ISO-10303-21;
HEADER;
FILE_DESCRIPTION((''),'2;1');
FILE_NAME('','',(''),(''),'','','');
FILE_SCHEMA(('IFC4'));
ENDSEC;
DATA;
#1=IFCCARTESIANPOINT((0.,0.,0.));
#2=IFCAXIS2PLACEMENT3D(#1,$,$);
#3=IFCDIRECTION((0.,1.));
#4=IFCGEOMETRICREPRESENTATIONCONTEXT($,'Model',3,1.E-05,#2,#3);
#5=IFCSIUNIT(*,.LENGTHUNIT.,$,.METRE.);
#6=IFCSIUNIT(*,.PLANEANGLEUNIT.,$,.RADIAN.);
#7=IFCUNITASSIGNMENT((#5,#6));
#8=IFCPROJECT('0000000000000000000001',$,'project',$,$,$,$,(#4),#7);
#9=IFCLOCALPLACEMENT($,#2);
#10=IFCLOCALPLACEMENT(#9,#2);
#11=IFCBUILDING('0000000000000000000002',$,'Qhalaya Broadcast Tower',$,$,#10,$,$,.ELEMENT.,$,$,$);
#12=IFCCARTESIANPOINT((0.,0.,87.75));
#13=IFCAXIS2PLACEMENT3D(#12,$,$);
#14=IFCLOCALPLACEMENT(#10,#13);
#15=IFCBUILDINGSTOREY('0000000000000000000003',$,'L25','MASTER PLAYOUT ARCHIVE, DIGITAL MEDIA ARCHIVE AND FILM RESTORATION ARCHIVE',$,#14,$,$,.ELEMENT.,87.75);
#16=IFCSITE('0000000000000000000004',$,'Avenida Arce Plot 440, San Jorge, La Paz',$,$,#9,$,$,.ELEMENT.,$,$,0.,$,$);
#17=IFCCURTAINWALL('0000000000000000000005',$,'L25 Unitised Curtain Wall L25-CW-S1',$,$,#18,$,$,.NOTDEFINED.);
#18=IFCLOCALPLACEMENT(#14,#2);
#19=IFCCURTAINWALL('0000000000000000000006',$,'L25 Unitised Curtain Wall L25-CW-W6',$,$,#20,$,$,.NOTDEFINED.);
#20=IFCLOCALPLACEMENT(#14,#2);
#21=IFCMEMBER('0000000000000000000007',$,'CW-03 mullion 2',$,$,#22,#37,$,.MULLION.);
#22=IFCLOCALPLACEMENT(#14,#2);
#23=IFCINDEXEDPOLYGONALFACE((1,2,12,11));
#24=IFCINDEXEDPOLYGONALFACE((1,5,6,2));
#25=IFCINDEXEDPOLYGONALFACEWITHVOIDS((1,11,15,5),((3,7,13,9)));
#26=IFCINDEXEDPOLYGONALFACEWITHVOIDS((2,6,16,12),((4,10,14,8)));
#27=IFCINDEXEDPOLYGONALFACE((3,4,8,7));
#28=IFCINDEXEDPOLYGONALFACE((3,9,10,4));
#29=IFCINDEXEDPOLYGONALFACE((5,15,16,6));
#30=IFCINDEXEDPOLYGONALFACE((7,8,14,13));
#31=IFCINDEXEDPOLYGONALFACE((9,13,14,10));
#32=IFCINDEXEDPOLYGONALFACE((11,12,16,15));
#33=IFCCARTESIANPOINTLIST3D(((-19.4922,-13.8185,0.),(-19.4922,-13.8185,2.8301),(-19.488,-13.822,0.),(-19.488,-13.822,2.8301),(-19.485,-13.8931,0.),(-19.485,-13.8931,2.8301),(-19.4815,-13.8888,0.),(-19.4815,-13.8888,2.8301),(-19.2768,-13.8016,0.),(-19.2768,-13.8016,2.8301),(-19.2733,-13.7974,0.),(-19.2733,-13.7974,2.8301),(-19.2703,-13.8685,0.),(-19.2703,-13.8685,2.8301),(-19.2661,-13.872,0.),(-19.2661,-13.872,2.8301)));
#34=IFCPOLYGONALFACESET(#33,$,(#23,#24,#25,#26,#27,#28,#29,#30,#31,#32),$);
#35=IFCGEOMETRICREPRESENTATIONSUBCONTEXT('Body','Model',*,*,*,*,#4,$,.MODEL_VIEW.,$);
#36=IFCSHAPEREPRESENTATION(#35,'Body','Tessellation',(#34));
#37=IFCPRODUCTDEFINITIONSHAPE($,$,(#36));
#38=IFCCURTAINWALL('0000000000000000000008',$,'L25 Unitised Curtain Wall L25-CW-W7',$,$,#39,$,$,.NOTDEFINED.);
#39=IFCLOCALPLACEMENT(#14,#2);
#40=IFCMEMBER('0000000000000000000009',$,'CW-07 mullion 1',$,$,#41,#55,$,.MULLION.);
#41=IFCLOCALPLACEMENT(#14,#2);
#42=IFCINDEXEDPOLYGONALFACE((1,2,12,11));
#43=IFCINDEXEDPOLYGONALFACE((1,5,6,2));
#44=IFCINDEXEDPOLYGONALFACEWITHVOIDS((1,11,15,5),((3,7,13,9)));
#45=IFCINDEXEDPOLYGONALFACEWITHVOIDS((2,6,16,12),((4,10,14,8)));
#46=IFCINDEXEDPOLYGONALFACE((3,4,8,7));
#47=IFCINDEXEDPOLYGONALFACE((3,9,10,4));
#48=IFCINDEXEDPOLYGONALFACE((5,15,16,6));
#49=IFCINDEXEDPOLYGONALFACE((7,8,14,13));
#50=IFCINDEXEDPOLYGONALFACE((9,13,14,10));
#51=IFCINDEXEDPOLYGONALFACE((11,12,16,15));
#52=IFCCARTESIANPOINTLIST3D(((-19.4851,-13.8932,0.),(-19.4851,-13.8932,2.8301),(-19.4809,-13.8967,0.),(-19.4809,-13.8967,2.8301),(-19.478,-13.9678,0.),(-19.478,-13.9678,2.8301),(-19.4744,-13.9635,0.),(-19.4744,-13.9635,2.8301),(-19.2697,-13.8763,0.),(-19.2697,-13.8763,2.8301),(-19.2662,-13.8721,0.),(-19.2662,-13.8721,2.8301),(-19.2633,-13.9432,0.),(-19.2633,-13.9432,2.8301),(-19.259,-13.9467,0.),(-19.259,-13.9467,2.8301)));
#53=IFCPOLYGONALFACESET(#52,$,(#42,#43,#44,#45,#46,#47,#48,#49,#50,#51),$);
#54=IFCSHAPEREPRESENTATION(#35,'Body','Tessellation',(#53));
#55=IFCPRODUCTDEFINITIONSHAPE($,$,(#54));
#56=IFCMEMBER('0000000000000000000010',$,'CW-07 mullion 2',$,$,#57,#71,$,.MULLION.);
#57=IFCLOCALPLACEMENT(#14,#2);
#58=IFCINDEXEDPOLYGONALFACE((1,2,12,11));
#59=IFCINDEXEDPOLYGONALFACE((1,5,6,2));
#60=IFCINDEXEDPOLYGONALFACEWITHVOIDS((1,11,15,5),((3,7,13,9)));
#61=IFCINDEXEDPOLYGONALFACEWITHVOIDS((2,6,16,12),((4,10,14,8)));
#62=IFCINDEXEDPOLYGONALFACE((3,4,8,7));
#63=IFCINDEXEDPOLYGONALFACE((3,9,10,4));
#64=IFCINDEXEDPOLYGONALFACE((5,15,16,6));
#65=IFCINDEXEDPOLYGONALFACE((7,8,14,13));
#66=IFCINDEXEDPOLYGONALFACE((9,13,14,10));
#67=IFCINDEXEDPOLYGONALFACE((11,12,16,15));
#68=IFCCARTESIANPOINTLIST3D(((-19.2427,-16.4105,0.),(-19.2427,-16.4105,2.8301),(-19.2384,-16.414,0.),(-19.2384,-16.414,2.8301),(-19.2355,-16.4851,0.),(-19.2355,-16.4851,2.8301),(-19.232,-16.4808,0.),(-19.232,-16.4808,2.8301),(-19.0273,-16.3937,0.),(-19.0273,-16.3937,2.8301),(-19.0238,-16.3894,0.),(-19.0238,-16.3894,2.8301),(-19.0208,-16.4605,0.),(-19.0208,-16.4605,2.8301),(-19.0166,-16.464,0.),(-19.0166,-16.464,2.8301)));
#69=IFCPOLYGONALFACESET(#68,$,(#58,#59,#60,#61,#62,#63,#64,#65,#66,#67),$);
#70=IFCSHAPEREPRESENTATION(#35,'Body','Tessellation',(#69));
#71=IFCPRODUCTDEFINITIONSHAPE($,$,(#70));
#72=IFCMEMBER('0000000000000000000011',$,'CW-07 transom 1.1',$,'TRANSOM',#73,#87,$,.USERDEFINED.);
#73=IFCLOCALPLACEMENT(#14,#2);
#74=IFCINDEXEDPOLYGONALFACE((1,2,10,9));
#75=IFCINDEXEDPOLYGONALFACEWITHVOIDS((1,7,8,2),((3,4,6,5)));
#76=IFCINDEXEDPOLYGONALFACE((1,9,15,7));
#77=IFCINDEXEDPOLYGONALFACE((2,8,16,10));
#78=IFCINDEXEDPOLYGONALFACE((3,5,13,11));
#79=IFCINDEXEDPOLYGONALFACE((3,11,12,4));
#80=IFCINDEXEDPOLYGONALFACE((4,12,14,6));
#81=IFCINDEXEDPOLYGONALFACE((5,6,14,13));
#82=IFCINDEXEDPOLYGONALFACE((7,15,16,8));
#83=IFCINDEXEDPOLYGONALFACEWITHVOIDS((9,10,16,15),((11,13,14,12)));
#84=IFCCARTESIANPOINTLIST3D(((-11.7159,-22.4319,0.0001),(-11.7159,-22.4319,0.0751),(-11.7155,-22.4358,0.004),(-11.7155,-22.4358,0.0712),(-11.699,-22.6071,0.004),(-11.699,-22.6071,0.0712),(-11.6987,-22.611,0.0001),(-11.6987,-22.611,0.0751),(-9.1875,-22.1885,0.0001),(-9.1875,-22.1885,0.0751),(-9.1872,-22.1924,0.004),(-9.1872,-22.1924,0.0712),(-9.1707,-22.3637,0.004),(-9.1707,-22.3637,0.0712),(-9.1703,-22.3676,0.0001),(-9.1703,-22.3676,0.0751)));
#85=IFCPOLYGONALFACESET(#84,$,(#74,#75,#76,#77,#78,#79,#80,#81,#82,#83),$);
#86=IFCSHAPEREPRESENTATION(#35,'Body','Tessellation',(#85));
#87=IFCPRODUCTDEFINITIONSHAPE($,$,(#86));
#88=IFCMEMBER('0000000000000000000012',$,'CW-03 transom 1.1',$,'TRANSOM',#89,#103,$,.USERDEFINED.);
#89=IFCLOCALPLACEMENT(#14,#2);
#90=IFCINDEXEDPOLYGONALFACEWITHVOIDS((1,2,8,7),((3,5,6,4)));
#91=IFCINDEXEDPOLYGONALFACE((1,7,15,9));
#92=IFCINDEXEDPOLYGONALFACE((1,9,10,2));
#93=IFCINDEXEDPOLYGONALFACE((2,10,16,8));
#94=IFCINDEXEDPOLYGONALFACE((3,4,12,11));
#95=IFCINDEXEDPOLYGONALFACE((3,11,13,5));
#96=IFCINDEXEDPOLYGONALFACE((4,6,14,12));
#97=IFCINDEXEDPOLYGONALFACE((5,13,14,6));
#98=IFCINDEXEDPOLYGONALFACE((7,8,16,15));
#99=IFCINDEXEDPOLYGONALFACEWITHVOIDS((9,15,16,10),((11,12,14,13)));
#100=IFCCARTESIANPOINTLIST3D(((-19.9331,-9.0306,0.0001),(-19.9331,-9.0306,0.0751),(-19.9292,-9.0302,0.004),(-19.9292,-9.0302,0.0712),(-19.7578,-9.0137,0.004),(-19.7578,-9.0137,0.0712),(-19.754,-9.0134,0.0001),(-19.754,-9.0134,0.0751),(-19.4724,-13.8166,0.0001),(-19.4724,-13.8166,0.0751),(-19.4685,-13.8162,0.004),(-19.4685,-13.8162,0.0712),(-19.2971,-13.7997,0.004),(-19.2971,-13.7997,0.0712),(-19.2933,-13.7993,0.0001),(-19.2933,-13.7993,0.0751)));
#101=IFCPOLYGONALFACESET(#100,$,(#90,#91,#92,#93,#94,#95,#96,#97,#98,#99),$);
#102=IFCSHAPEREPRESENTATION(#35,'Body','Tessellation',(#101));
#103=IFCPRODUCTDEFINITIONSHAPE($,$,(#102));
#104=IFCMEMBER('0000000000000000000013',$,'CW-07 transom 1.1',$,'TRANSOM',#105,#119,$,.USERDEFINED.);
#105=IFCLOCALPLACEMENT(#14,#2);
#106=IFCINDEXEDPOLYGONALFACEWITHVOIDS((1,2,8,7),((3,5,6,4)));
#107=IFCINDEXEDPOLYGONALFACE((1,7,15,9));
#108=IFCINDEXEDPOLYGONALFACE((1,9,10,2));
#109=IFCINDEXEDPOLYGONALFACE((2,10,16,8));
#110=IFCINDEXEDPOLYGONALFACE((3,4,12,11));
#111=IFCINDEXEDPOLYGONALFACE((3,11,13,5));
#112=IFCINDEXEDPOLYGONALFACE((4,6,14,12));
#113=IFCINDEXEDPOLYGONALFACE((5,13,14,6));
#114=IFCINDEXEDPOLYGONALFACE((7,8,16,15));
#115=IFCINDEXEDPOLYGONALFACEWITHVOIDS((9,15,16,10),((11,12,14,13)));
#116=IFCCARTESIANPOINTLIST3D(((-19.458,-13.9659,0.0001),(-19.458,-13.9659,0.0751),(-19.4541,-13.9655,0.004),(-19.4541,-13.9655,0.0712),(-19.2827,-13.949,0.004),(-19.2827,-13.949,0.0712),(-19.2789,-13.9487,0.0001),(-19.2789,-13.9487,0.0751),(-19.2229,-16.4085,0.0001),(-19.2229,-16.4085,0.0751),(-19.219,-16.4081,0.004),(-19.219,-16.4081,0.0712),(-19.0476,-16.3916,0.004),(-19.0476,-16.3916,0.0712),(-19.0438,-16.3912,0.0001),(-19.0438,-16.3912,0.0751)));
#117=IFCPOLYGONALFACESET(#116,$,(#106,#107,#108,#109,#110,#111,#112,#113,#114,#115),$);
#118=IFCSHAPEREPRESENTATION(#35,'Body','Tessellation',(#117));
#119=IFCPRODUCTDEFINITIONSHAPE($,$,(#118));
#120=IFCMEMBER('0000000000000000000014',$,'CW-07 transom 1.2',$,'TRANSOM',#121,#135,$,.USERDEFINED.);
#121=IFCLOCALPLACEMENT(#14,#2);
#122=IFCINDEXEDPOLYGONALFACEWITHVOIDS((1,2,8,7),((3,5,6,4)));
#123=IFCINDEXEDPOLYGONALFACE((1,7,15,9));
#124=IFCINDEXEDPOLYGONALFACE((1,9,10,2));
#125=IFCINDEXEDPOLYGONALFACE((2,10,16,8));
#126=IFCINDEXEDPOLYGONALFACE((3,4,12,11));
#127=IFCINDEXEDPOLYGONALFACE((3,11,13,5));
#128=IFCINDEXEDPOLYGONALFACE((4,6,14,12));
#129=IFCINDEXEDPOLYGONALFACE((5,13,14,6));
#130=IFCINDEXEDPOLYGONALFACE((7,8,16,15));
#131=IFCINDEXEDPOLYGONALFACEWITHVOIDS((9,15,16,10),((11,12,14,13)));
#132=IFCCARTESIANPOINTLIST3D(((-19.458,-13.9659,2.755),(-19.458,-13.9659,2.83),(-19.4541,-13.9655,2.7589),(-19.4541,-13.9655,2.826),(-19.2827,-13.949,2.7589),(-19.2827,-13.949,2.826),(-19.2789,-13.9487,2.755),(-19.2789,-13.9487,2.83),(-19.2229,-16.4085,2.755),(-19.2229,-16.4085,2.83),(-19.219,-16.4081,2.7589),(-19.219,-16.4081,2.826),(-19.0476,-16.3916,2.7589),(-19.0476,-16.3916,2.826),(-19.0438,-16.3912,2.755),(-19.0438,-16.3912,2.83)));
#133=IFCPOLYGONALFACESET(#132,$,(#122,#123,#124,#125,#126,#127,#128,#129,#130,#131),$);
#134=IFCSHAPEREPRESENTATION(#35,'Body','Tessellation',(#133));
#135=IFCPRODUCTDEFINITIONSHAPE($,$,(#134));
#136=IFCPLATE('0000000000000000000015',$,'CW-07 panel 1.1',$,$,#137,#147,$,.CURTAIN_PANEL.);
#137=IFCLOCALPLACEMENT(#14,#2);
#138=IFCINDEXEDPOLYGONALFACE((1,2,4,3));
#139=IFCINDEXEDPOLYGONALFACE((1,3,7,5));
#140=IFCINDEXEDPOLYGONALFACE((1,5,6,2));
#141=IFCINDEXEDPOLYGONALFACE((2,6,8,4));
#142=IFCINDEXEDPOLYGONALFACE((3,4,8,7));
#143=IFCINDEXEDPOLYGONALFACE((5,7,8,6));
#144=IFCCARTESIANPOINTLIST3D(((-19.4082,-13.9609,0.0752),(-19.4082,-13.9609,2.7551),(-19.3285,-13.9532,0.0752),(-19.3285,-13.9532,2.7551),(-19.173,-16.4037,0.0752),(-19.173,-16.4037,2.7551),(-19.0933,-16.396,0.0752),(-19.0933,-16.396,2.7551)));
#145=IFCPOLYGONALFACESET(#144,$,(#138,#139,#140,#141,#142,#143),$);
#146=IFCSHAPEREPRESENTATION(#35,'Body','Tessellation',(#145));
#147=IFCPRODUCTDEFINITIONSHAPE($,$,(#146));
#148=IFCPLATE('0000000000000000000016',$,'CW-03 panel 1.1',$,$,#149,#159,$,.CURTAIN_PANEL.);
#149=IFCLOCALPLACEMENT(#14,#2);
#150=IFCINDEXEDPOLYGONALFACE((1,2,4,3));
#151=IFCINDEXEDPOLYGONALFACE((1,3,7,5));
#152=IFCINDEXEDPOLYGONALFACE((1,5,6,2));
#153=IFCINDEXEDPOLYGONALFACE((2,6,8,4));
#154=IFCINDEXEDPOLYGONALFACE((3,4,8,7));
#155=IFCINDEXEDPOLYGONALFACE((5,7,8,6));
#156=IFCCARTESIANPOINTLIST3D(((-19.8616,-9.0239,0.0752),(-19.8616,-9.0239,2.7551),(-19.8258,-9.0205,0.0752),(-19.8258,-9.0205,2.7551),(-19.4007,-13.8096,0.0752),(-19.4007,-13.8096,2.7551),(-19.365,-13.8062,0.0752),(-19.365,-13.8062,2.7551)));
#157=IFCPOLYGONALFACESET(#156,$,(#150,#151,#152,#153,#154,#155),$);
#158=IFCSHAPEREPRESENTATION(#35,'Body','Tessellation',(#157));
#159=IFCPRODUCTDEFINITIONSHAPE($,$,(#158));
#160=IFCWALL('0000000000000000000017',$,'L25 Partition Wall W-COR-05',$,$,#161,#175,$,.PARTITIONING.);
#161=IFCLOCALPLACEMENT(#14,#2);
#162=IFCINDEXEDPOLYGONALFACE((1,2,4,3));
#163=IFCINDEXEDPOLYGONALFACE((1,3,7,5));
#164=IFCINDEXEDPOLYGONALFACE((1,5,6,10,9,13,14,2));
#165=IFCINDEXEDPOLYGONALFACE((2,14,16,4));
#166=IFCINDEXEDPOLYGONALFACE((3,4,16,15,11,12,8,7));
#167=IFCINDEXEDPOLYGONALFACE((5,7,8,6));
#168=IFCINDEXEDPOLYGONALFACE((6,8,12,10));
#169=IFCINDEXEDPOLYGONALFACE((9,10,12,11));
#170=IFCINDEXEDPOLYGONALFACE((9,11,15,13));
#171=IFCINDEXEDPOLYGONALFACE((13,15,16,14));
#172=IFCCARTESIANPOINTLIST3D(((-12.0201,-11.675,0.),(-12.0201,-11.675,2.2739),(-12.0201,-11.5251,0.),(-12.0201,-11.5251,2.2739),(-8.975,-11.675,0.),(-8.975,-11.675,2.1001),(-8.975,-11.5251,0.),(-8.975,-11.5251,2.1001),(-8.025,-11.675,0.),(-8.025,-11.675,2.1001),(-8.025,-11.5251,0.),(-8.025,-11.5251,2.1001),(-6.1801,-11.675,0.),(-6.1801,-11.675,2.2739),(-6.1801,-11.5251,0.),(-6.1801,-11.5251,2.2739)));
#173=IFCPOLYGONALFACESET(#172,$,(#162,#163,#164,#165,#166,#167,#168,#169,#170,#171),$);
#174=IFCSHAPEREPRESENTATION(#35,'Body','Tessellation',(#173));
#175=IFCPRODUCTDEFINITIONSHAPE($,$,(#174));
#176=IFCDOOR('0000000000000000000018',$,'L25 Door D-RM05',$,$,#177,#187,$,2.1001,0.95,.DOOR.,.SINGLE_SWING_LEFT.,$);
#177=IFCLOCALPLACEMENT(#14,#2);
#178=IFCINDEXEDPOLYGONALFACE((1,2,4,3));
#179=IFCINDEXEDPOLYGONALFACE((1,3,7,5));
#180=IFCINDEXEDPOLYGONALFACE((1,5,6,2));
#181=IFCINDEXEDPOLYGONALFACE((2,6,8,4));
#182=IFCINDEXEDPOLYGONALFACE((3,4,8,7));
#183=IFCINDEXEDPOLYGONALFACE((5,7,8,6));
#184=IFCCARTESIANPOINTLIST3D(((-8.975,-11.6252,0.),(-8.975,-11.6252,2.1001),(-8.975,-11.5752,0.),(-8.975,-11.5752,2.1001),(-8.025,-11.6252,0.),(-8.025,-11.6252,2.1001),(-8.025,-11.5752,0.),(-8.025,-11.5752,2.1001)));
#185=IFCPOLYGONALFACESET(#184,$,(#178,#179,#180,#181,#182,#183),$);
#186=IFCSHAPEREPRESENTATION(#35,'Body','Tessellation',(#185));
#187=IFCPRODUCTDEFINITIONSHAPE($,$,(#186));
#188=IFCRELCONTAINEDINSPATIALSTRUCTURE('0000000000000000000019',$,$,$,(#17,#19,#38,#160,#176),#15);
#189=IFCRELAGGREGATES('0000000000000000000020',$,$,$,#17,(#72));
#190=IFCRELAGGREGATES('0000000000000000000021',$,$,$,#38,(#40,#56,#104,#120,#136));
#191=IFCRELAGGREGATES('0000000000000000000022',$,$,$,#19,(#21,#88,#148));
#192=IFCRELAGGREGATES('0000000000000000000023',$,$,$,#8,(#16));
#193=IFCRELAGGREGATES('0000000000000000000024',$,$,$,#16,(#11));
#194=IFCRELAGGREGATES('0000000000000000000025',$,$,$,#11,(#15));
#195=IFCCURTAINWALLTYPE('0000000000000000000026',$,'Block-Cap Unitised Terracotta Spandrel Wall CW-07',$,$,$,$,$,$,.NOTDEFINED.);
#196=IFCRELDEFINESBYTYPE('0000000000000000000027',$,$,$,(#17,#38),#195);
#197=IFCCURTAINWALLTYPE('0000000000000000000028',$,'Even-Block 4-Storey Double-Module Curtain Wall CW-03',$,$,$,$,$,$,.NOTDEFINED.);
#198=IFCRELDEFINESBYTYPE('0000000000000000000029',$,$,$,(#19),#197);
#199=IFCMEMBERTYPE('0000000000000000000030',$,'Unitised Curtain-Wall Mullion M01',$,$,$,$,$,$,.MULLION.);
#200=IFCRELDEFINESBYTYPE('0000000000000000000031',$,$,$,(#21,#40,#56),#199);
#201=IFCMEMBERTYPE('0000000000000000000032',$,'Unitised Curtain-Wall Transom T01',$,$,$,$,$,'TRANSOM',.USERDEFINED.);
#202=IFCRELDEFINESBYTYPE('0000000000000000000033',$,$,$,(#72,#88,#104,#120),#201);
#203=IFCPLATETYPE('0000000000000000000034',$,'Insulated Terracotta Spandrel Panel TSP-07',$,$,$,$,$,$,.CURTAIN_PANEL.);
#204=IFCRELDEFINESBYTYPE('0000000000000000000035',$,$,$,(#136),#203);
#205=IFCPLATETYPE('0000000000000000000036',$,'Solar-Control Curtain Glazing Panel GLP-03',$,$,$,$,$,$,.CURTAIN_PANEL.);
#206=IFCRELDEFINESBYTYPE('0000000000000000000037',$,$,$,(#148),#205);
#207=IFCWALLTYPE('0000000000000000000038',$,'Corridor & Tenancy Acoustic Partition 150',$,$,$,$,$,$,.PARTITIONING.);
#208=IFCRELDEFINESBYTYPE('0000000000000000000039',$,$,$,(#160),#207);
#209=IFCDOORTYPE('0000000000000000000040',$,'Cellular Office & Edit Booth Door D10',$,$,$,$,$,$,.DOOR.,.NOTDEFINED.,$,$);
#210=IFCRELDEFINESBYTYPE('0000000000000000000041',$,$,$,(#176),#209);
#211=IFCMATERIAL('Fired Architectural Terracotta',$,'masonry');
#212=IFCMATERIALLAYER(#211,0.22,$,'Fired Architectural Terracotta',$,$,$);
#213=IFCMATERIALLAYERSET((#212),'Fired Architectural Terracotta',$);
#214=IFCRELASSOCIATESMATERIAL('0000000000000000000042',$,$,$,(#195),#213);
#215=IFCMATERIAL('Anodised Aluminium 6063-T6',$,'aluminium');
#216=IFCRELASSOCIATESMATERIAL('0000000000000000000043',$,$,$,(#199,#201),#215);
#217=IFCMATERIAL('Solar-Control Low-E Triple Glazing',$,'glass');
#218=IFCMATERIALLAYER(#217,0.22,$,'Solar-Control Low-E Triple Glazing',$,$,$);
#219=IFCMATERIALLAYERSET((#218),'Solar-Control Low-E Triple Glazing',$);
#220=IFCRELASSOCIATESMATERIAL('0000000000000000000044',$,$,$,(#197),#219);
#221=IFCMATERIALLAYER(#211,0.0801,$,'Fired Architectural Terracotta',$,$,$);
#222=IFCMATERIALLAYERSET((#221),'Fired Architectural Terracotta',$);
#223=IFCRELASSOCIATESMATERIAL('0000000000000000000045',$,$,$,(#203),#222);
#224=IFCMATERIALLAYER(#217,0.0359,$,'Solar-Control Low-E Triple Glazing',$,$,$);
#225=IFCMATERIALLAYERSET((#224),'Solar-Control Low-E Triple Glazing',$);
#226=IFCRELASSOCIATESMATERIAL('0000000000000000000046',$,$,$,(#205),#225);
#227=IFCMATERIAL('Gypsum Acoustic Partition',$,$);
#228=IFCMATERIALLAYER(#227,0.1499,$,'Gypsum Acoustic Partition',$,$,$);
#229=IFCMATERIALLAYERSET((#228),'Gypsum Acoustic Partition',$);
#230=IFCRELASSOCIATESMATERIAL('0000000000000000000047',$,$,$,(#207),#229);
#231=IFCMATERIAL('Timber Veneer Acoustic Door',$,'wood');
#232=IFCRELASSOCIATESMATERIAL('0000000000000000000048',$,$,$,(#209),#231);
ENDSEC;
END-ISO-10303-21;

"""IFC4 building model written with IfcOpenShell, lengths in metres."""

from ifc_helpers import new_model, si_unit, direction, frame, frame_2d, origin, origin_2d, place, context, subcontext, project, spatial, rectangle, hollow_rectangle, extrude, material, layer, layer_set, material_profile, profile_set, type_object, element, fill, aggregate, save


model = new_model("IFC4")

# Units and contexts
model_context = context("Model", 3, precision=1e-05, world=origin(), true_north=direction((0.0, 1.0)))
body_context = subcontext(model_context, "Body", "Model", "MODEL_VIEW")
ifc_project = project(units=[si_unit("LENGTHUNIT", "METRE"), si_unit("PLANEANGLEUNIT", "RADIAN")], contexts=[model_context])

# Site, building, storey
site_placement = place(None, origin())
site = spatial("IfcSite", under=ifc_project, at=site_placement, Name="Avenida Arce Plot 440, San Jorge, La Paz", CompositionType="ELEMENT", RefElevation=0.0)
building_placement = place(site_placement, origin())
building = spatial("IfcBuilding", under=site, at=building_placement, Name="Qhalaya Broadcast Tower", CompositionType="ELEMENT")
storey_placement = place(building_placement, frame((0.0, 0.0, 87.75)))
storey = spatial("IfcBuildingStorey", under=building, at=storey_placement, Name="L25", Description="MASTER PLAYOUT ARCHIVE, DIGITAL MEDIA ARCHIVE AND FILM RESTORATION ARCHIVE", CompositionType="ELEMENT", Elevation=87.75)

# Shared definitions
ifc_material_1 = material(Name="Fired Architectural Terracotta", Category="masonry")

# Curtain walls, member
ifc_layer_1 = layer(ifc_material_1, 0.22, Name="Fired Architectural Terracotta")
ifc_layer_set_1 = layer_set([ifc_layer_1], Name="Fired Architectural Terracotta")
curtain_wall_type_1 = type_object("IfcCurtainWallType", Name="Block-Cap Unitised Terracotta Spandrel Wall CW-07", PredefinedType="NOTDEFINED", material=ifc_layer_set_1)
curtain_wall_1_placement = place(storey_placement, origin())
curtain_wall_1 = element("IfcCurtainWall", 1, at=curtain_wall_1_placement, inside=storey, type_object=curtain_wall_type_1, Name="L25 Unitised Curtain Wall L25-CW-S1", PredefinedType="NOTDEFINED")
ifc_material_2 = material(Name="Anodised Aluminium 6063-T6", Category="aluminium")
ifc_material_profile_1 = material_profile(ifc_material_2, hollow_rectangle(XDim=0.075, YDim=0.22, WallThickness=0.0039, at=origin_2d()), Name="ALU-MUL 75x220x4")
ifc_profile_set_1 = profile_set([ifc_material_profile_1], Name="Anodised Aluminium 6063-T6")
member_type_1 = type_object("IfcMemberType", Name="Unitised Curtain-Wall Mullion M01", PredefinedType="MULLION", material=ifc_profile_set_1)
ifc_material_3 = material(Name="Solar-Control Low-E Triple Glazing", Category="glass")
ifc_layer_2 = layer(ifc_material_3, 0.22, Name="Solar-Control Low-E Triple Glazing")
ifc_layer_set_2 = layer_set([ifc_layer_2], Name="Solar-Control Low-E Triple Glazing")
curtain_wall_type_2 = type_object("IfcCurtainWallType", Name="Even-Block 4-Storey Double-Module Curtain Wall CW-03", PredefinedType="NOTDEFINED", material=ifc_layer_set_2)
curtain_wall_2_placement = place(storey_placement, origin())
curtain_wall_2 = element("IfcCurtainWall", 2, at=curtain_wall_2_placement, inside=storey, type_object=curtain_wall_type_2, Name="L25 Unitised Curtain Wall L25-CW-W6", PredefinedType="NOTDEFINED")
member_1_placement = place(storey_placement, frame((-19.3792, -13.8452, 0.0), z_axis=(0.0, 0.0, 1.0), x_axis=(0.095847, -0.995396, 0.0)))
member_1 = element("IfcMember", 3, at=member_1_placement, type_object=member_type_1, Name="CW-03 mullion 2", PredefinedType="MULLION", context=body_context, shape_type="SweptSolid", body=[
    extrude(hollow_rectangle(XDim=0.075, YDim=0.22, WallThickness=0.0039, at=origin_2d()), origin(), (0.0, 0.0, 1.0), 2.8301),
])

# Curtain wall, members
curtain_wall_3_placement = place(storey_placement, origin())
curtain_wall_3 = element("IfcCurtainWall", 4, at=curtain_wall_3_placement, inside=storey, type_object=curtain_wall_type_1, Name="L25 Unitised Curtain Wall L25-CW-W7", PredefinedType="NOTDEFINED")
member_2_placement = place(storey_placement, frame((-19.3721, -13.9199, 0.0), z_axis=(0.0, 0.0, 1.0), x_axis=(0.095849, -0.995396, 0.0)))
member_2 = element("IfcMember", 5, at=member_2_placement, type_object=member_type_1, Name="CW-07 mullion 1", PredefinedType="MULLION", context=body_context, shape_type="SweptSolid", body=[
    extrude(hollow_rectangle(XDim=0.075, YDim=0.22, WallThickness=0.0039, at=origin_2d()), origin(), (0.0, 0.0, 1.0), 2.8301),
])
member_3_placement = place(storey_placement, frame((-19.1296, -16.4373, 0.0), z_axis=(0.0, 0.0, 1.0), x_axis=(0.095849, -0.995396, 0.0)))
member_3 = element("IfcMember", 6, at=member_3_placement, type_object=member_type_1, Name="CW-07 mullion 2", PredefinedType="MULLION", context=body_context, shape_type="SweptSolid", body=[
    extrude(hollow_rectangle(XDim=0.075, YDim=0.22, WallThickness=0.0039, at=origin_2d()), origin(), (0.0, 0.0, 1.0), 2.8301),
])

# Members
ifc_material_profile_2 = material_profile(ifc_material_2, hollow_rectangle(XDim=0.075, YDim=0.1799, WallThickness=0.0039, at=origin_2d()), Name="ALU-TRN 75x180x4")
ifc_profile_set_2 = profile_set([ifc_material_profile_2], Name="Anodised Aluminium 6063-T6")
member_type_2 = type_object("IfcMemberType", Name="Unitised Curtain-Wall Transom T01", ElementType="TRANSOM", PredefinedType="USERDEFINED", material=ifc_profile_set_2)
member_4_placement = place(storey_placement, frame((-11.7073, -22.5215, 0.0376), z_axis=(0.995398, 0.09583, 0.0), x_axis=(0.0, 0.0, 1.0)))
member_4 = element("IfcMember", 7, at=member_4_placement, type_object=member_type_2, Name="CW-07 transom 1.1", ObjectType="TRANSOM", PredefinedType="USERDEFINED", context=body_context, shape_type="SweptSolid", body=[
    extrude(hollow_rectangle(XDim=0.075, YDim=0.1799, WallThickness=0.0039, at=origin_2d()), origin(), (0.0, 0.0, 1.0), 2.54),
])
aggregate(curtain_wall_1, [member_4])
member_5_placement = place(storey_placement, frame((-19.8435, -9.022, 0.0376), z_axis=(0.095818, -0.995399, 0.0), x_axis=(0.0, 0.0, 1.0)))
member_5 = element("IfcMember", 8, at=member_5_placement, type_object=member_type_2, Name="CW-03 transom 1.1", ObjectType="TRANSOM", PredefinedType="USERDEFINED", context=body_context, shape_type="SweptSolid", body=[
    extrude(hollow_rectangle(XDim=0.075, YDim=0.1799, WallThickness=0.0039, at=origin_2d()), origin(), (0.0, 0.0, 1.0), 4.8081),
])
member_6_placement = place(storey_placement, frame((-19.3684, -13.9573, 0.0376), z_axis=(0.095809, -0.9954, 0.0), x_axis=(0.0, 0.0, 1.0)))
member_6 = element("IfcMember", 9, at=member_6_placement, type_object=member_type_2, Name="CW-07 transom 1.1", ObjectType="TRANSOM", PredefinedType="USERDEFINED", context=body_context, shape_type="SweptSolid", body=[
    extrude(hollow_rectangle(XDim=0.075, YDim=0.1799, WallThickness=0.0039, at=origin_2d()), origin(), (0.0, 0.0, 1.0), 2.4539),
])
member_7_placement = place(storey_placement, frame((-19.3684, -13.9573, 2.7925), z_axis=(0.095809, -0.9954, 0.0), x_axis=(0.0, 0.0, 1.0)))
member_7 = element("IfcMember", 10, at=member_7_placement, type_object=member_type_2, Name="CW-07 transom 1.2", ObjectType="TRANSOM", PredefinedType="USERDEFINED", context=body_context, shape_type="SweptSolid", body=[
    extrude(hollow_rectangle(XDim=0.075, YDim=0.1799, WallThickness=0.0039, at=origin_2d()), origin(), (0.0, 0.0, 1.0), 2.4539),
])

# Plates
ifc_layer_3 = layer(ifc_material_1, 0.0801, Name="Fired Architectural Terracotta")
ifc_layer_set_3 = layer_set([ifc_layer_3], Name="Fired Architectural Terracotta")
plate_type_1 = type_object("IfcPlateType", Name="Insulated Terracotta Spandrel Panel TSP-07", PredefinedType="CURTAIN_PANEL", material=ifc_layer_set_3)
plate_1_placement = place(storey_placement, frame((-19.2507, -15.1785, 0.0752), z_axis=(0.0, 0.0, 1.0), x_axis=(0.095849, -0.995396, 0.0)))
plate_1 = element("IfcPlate", 11, at=plate_1_placement, type_object=plate_type_1, Name="CW-07 panel 1.1", PredefinedType="CURTAIN_PANEL", context=body_context, shape_type="SweptSolid", body=[
    extrude(rectangle(XDim=2.4541, YDim=0.0801, at=origin_2d()), origin(), (0.0, 0.0, 1.0), 2.6799),
])
aggregate(curtain_wall_3, [member_2, member_3, member_6, member_7, plate_1])
ifc_layer_4 = layer(ifc_material_3, 0.0359, Name="Solar-Control Low-E Triple Glazing")
ifc_layer_set_4 = layer_set([ifc_layer_4], Name="Solar-Control Low-E Triple Glazing")
plate_type_2 = type_object("IfcPlateType", Name="Solar-Control Curtain Glazing Panel GLP-03", PredefinedType="CURTAIN_PANEL", material=ifc_layer_set_4)
plate_2_placement = place(storey_placement, frame((-19.6133, -11.415, 0.0752), z_axis=(0.0, 0.0, 1.0), x_axis=(0.095847, -0.995396, 0.0)))
plate_2 = element("IfcPlate", 12, at=plate_2_placement, type_object=plate_type_2, Name="CW-03 panel 1.1", PredefinedType="CURTAIN_PANEL", context=body_context, shape_type="SweptSolid", body=[
    extrude(rectangle(XDim=4.8079, YDim=0.0359, at=origin_2d()), origin(), (0.0, 0.0, 1.0), 2.6799),
])
aggregate(curtain_wall_2, [member_1, member_5, plate_2])

# Wall, opening, door
ifc_material_4 = material(Name="Gypsum Acoustic Partition")
ifc_layer_5 = layer(ifc_material_4, 0.1499, Name="Gypsum Acoustic Partition")
ifc_layer_set_5 = layer_set([ifc_layer_5], Name="Gypsum Acoustic Partition")
wall_type_1 = type_object("IfcWallType", Name="Corridor & Tenancy Acoustic Partition 150", PredefinedType="PARTITIONING", material=ifc_layer_set_5)
wall_1_placement = place(storey_placement, frame((-12.02, -11.6001, 0.0), z_axis=(0.0, 0.0, 1.0), x_axis=(1.0, 0.0, 0.0)))
wall_1 = element("IfcWall", 13, at=wall_1_placement, inside=storey, type_object=wall_type_1, Name="L25 Partition Wall W-COR-05", PredefinedType="PARTITIONING", context=body_context, shape_type="SweptSolid", body=[
    extrude(rectangle(XDim=5.8401, YDim=0.1499, at=frame_2d((2.9199, 0.0))), origin(), (0.0, 0.0, 1.0), 2.2739),
])
opening_1_placement = place(wall_1_placement, frame((3.0449, 0.0, 0.0)))
opening_1 = element("IfcOpeningElement", 14, at=opening_1_placement, cuts=wall_1, PredefinedType="OPENING", context=body_context, shape_type="SweptSolid", body=[
    extrude(rectangle(XDim=0.95, YDim=2.1001, at=frame_2d((0.4751, 1.05))), frame((0.0, 0.0869, 0.0), z_axis=(0.0, -1.0, 0.0), x_axis=(1.0, 0.0, 0.0)), (0.0, 0.0, 1.0), 0.1738),
])
ifc_material_5 = material(Name="Timber Veneer Acoustic Door", Category="wood")
door_type = type_object("IfcDoorType", Name="Cellular Office & Edit Booth Door D10", OperationType="NOTDEFINED", PredefinedType="DOOR", material=ifc_material_5)
door_1_placement = place(opening_1_placement, origin())
door_1 = element("IfcDoor", 15, at=door_1_placement, inside=storey, type_object=door_type, Name="L25 Door D-RM05", OperationType="SINGLE_SWING_LEFT", OverallHeight=2.1001, OverallWidth=0.95, PredefinedType="DOOR", context=body_context, shape_type="SweptSolid", body=[
    extrude(rectangle(XDim=0.95, YDim=2.1001, at=frame_2d((0.4751, 1.05))), frame((0.0, 0.0249, 0.0), z_axis=(0.0, -1.0, 0.0), x_axis=(1.0, 0.0, 0.0)), (0.0, 0.0, 1.0), 0.05),
])
fill(opening_1, door_1)

save(model, "model.ifc")
